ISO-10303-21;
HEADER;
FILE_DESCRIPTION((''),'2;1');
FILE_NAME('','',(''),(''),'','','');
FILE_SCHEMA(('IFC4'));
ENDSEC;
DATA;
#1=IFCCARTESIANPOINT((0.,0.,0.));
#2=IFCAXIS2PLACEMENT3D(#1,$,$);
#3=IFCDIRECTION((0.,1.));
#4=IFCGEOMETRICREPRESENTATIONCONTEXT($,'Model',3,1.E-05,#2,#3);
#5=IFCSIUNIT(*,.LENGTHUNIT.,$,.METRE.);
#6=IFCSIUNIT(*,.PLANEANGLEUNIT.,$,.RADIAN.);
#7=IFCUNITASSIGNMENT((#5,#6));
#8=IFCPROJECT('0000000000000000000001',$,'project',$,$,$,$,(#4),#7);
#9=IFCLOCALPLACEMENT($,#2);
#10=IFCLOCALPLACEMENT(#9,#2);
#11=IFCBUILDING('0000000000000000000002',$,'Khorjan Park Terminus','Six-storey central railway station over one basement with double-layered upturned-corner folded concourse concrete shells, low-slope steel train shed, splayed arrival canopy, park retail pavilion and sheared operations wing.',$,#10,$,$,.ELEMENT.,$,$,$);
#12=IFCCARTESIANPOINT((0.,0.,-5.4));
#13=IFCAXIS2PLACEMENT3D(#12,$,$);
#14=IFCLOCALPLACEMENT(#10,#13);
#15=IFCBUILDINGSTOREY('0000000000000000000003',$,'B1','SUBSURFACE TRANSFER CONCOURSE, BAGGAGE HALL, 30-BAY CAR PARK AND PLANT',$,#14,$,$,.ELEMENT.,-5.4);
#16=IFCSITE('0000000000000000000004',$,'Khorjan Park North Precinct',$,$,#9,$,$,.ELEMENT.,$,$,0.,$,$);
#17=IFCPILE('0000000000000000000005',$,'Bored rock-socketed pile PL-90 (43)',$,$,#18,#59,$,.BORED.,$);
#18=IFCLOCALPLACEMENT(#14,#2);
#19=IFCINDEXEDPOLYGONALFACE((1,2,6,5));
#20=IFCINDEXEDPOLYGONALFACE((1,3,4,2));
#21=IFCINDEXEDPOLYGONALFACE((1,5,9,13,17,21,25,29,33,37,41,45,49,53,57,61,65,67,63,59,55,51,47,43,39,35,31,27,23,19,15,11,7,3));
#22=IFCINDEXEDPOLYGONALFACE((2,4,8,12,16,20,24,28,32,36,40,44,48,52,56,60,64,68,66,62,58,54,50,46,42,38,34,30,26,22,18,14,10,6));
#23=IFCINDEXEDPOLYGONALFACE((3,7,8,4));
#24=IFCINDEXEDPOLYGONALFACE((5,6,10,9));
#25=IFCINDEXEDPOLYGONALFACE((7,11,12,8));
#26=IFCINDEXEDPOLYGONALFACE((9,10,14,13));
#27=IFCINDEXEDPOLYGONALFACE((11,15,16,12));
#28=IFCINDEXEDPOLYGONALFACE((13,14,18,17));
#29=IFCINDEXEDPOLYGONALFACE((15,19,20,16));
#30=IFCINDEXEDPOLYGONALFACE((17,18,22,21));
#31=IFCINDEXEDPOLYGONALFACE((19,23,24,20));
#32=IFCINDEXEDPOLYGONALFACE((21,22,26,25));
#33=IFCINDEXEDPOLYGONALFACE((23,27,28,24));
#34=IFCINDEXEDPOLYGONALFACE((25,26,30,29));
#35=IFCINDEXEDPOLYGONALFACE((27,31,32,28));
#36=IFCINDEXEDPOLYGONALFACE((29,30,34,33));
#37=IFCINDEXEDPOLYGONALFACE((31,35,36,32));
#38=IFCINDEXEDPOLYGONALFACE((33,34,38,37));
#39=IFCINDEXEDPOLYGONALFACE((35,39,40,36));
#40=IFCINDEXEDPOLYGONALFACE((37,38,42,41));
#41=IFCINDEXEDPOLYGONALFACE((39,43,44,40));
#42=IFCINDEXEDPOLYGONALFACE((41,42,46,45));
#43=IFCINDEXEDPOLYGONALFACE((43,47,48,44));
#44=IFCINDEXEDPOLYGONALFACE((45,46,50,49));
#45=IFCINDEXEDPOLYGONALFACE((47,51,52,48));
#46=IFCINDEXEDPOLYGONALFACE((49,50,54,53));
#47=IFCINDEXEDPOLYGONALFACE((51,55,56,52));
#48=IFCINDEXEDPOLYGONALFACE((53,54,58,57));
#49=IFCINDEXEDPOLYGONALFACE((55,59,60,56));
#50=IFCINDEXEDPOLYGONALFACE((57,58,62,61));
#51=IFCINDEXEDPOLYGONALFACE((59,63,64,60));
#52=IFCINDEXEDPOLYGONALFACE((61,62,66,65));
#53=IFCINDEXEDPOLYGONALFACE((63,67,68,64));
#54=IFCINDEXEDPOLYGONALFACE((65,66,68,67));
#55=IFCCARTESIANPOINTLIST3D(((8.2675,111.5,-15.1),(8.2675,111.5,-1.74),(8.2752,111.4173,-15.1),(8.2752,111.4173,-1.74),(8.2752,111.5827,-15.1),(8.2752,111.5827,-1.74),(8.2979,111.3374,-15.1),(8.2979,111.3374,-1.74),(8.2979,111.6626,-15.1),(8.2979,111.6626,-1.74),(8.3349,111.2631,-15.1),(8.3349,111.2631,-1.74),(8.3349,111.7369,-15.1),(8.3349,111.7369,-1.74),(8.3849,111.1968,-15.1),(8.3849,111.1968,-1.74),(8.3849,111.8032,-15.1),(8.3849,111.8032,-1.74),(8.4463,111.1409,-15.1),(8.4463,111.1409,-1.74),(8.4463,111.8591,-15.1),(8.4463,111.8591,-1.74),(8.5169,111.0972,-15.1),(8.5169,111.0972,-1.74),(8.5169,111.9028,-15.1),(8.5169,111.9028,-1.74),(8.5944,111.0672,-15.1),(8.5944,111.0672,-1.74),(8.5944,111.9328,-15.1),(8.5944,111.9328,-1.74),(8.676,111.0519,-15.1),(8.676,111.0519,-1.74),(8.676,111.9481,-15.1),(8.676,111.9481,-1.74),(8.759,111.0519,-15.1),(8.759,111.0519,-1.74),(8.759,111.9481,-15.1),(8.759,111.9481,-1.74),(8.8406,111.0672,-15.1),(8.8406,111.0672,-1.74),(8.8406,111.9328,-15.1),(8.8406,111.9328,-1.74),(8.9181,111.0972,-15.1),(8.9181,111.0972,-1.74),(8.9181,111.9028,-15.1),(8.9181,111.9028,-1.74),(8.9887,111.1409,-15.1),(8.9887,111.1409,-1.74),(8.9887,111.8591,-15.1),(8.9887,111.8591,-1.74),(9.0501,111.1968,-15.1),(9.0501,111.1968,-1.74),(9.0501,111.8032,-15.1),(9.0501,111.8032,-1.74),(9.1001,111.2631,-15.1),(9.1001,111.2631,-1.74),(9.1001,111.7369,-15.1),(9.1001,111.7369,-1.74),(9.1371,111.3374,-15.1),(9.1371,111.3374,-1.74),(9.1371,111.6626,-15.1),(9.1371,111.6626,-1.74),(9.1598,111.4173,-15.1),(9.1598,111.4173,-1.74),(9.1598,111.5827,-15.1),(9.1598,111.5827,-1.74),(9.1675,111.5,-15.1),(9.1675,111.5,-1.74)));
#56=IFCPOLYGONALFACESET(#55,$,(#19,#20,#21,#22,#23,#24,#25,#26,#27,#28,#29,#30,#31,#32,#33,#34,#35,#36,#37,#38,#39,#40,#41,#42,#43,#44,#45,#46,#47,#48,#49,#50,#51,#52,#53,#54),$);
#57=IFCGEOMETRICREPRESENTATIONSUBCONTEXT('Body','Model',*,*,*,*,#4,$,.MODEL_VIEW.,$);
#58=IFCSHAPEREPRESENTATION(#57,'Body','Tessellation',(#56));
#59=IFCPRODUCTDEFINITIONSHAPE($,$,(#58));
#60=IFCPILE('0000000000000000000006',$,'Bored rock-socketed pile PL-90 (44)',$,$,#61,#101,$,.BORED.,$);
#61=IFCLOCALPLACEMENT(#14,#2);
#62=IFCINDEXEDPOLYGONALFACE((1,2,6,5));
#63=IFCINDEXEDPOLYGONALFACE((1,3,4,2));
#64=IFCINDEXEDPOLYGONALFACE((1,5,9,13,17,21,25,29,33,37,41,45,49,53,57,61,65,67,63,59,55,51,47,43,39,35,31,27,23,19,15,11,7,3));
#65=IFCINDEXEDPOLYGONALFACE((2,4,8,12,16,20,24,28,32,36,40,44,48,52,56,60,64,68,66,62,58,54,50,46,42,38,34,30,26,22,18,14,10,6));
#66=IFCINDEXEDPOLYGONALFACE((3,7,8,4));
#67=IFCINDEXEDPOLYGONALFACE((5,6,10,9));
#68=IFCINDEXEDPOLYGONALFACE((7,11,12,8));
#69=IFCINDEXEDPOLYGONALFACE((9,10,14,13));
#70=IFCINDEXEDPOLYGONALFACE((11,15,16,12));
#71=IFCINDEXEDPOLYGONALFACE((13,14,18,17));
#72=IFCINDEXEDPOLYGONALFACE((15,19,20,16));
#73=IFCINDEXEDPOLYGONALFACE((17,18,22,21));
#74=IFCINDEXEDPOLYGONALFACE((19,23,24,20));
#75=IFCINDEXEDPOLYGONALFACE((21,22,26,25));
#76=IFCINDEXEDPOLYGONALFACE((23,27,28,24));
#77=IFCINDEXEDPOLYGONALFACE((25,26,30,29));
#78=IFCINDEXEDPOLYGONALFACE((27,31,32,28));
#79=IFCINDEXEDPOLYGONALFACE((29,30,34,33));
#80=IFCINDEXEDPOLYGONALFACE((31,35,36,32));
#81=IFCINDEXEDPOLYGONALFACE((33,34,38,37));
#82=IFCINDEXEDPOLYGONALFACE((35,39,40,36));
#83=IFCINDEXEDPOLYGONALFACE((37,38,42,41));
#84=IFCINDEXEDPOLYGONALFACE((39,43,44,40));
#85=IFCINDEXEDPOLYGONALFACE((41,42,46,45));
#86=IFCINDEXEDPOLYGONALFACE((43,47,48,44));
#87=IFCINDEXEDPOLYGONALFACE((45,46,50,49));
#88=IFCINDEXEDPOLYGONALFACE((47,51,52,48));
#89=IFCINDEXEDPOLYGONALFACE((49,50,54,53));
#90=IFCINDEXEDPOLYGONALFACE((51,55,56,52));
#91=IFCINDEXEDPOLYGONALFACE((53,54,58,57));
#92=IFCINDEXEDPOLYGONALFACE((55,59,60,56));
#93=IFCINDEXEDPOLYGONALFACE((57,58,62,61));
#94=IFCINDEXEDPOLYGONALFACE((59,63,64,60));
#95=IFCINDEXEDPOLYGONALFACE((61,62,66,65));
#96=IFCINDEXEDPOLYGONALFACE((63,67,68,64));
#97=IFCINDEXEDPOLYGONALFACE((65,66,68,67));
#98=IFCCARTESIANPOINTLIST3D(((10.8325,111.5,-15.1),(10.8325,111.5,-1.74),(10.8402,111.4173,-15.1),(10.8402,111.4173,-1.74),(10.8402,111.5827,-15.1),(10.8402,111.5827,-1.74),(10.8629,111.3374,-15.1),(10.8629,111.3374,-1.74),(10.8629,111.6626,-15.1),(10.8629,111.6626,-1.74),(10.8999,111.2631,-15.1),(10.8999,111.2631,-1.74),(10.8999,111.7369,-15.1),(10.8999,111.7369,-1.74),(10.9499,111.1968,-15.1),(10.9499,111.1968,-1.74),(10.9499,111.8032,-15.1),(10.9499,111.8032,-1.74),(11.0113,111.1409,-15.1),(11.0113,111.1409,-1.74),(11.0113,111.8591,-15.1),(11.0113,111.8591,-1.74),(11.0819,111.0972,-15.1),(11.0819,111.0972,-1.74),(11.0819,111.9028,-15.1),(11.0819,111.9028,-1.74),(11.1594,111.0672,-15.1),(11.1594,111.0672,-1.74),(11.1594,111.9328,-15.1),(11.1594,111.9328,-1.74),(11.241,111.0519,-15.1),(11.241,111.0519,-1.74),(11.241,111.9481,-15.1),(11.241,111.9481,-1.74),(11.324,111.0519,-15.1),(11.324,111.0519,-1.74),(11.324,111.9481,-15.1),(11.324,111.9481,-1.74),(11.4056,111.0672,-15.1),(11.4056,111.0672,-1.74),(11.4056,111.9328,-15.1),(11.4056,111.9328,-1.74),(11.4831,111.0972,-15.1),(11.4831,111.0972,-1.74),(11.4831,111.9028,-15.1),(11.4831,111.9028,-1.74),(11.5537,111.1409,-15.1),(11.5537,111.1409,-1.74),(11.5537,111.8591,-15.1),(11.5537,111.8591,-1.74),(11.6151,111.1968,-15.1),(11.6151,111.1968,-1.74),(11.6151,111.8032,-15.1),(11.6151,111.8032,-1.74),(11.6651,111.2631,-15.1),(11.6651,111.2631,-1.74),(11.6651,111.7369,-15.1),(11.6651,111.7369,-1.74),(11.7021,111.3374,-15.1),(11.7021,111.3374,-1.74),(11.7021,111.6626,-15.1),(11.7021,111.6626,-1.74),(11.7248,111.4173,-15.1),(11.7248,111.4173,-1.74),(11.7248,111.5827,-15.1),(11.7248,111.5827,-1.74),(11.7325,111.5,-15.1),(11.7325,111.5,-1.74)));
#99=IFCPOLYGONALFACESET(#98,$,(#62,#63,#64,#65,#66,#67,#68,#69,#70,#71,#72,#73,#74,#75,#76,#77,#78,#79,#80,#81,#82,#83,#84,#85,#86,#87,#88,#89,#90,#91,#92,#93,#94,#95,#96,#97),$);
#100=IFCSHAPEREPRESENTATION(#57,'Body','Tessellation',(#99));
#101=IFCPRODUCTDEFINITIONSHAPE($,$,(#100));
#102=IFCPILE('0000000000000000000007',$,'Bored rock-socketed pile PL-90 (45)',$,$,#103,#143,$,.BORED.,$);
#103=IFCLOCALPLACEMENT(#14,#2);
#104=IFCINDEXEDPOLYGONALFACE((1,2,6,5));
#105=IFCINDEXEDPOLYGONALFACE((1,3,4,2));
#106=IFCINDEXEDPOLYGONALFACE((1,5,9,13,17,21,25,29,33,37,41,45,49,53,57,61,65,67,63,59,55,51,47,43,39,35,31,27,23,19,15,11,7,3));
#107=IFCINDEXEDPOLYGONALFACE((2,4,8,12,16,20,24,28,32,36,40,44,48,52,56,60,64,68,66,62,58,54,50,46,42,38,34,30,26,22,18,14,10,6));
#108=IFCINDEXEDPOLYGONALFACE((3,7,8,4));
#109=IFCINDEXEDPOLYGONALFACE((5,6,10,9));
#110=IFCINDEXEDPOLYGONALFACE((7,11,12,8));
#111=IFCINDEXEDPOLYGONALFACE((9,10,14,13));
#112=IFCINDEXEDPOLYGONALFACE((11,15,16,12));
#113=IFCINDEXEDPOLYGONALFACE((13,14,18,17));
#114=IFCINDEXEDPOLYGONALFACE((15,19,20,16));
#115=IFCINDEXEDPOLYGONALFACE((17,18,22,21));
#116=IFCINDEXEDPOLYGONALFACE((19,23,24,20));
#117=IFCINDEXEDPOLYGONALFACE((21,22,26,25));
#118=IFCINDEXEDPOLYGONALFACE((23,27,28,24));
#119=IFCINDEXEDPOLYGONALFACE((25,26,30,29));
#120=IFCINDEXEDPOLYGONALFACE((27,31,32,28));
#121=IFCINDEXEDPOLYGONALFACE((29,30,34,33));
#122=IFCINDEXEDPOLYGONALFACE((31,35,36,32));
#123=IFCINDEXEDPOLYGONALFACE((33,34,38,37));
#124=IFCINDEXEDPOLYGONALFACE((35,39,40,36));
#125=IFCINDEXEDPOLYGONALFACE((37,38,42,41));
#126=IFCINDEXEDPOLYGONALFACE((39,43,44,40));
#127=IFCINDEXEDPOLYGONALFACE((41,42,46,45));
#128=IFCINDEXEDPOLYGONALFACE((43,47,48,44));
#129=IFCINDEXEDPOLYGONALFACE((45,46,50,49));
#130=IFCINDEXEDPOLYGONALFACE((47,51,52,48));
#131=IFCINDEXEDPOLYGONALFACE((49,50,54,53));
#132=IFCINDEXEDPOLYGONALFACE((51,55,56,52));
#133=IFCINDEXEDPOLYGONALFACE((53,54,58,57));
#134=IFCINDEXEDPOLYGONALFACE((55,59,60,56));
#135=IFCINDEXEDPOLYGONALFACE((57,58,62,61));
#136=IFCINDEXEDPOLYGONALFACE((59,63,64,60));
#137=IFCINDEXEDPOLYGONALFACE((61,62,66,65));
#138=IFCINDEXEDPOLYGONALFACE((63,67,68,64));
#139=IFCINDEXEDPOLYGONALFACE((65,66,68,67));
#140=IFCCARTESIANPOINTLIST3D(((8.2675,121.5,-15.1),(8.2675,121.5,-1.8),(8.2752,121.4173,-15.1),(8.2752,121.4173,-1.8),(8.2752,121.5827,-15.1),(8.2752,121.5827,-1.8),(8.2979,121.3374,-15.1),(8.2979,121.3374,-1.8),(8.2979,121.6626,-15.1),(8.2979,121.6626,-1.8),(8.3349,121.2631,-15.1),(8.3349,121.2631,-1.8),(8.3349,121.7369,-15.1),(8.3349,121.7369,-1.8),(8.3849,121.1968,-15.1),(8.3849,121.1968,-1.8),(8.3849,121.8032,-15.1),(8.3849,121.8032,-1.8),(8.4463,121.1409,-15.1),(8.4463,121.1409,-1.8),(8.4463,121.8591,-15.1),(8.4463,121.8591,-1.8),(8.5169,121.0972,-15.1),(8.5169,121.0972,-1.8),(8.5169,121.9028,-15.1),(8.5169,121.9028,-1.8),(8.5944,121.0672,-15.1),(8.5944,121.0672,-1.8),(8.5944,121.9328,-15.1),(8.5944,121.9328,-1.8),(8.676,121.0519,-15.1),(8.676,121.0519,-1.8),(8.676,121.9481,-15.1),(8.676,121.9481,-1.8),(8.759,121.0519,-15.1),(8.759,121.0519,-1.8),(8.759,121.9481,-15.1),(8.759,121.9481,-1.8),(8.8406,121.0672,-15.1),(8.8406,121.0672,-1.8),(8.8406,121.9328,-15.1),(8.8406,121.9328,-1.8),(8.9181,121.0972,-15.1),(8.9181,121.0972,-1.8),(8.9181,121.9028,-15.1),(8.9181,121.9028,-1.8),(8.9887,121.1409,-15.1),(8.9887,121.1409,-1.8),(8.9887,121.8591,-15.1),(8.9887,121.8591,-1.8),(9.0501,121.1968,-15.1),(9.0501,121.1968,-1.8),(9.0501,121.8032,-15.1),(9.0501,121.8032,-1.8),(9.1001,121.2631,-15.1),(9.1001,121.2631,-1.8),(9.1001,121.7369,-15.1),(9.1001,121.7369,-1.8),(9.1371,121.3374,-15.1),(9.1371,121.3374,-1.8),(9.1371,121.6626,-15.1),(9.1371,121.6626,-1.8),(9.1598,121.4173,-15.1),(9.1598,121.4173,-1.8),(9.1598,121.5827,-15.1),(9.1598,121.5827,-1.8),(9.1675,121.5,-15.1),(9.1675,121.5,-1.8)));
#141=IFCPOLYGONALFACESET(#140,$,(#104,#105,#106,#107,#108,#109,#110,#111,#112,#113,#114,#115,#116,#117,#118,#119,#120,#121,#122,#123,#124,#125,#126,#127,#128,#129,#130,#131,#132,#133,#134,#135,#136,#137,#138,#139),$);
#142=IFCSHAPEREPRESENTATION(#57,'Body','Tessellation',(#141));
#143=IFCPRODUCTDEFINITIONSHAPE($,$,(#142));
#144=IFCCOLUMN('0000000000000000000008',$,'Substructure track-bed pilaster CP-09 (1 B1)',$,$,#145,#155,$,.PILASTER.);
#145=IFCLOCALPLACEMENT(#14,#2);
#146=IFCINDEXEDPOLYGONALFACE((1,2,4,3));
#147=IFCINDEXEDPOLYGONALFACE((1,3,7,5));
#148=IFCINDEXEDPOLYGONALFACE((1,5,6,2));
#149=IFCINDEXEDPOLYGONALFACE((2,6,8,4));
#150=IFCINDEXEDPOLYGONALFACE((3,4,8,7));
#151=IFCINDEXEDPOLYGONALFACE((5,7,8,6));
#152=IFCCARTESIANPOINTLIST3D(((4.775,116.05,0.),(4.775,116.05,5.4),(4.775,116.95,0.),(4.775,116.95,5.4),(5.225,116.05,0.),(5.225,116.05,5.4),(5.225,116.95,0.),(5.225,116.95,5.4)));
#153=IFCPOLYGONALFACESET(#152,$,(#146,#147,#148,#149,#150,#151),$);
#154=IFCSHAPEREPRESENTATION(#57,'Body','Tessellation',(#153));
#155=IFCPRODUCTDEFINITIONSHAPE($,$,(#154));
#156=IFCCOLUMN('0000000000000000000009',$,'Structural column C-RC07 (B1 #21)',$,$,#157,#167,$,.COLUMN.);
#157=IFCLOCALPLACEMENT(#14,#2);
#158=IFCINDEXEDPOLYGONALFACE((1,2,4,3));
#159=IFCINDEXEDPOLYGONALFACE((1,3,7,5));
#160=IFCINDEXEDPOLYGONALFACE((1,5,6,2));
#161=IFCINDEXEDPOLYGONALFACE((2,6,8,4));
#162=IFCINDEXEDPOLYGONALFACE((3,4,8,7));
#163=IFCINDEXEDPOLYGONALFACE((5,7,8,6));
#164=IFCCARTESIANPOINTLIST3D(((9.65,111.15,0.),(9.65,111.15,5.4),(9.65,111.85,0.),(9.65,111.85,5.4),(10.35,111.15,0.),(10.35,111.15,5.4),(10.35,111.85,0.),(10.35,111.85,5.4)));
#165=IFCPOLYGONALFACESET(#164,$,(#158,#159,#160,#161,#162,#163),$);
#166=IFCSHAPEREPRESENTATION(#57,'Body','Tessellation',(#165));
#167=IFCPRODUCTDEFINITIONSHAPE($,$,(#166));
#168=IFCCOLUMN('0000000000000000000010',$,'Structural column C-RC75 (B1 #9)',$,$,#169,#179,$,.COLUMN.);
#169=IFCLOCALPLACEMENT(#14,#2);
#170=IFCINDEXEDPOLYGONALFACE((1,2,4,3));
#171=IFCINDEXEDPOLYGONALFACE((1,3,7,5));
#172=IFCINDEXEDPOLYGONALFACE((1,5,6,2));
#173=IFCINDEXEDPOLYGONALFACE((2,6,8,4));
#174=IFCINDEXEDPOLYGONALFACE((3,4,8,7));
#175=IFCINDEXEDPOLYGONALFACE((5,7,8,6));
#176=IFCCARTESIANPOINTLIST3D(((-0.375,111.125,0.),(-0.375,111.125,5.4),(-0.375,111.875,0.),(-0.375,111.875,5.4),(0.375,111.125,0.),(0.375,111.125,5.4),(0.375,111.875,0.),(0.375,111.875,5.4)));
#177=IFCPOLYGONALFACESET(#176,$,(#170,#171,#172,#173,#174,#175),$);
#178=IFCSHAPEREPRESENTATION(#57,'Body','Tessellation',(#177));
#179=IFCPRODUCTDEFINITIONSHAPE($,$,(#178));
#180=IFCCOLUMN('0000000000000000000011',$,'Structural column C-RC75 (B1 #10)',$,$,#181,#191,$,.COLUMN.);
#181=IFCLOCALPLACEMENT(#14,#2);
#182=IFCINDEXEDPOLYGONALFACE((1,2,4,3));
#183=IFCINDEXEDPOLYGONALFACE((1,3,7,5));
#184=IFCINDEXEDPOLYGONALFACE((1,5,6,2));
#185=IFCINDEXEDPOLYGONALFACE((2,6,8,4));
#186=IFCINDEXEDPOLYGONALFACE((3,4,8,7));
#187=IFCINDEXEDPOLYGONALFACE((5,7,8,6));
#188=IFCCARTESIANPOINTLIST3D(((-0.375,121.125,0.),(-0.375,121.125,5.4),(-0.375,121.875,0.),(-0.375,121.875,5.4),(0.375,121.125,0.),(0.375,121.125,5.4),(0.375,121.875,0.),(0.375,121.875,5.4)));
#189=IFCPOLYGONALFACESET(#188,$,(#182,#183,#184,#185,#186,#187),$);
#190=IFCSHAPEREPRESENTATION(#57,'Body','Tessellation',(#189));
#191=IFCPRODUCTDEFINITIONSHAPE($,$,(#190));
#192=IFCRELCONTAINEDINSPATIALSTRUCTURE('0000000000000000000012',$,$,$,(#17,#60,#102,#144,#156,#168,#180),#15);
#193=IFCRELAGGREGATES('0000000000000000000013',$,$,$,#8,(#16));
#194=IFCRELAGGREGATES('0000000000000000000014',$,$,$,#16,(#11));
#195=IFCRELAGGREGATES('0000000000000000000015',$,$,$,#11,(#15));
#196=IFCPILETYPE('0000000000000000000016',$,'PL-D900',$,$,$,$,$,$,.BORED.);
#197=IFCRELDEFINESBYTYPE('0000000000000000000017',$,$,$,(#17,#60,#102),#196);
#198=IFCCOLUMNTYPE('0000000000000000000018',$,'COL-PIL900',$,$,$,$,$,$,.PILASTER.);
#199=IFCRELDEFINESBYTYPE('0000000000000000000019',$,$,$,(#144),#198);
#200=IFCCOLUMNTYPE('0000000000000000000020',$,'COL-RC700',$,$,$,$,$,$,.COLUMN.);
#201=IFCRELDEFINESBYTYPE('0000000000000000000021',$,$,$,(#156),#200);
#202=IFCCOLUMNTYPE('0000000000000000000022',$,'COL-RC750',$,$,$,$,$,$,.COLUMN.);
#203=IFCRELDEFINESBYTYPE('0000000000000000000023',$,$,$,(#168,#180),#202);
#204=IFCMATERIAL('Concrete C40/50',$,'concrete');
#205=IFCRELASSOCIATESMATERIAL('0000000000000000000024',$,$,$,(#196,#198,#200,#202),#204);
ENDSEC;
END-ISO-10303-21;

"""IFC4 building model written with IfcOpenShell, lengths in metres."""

from ifc_helpers import new_model, si_unit, direction, frame, origin, origin_2d, place, context, subcontext, project, spatial, rectangle, circle, extrude, material, material_profile, profile_set, type_object, element, save


model = new_model("IFC4")

# Units and contexts
model_context = context("Model", 3, precision=1e-05, world=origin(), true_north=direction((0.0, 1.0)))
body_context = subcontext(model_context, "Body", "Model", "MODEL_VIEW")
ifc_project = project(units=[si_unit("LENGTHUNIT", "METRE"), si_unit("PLANEANGLEUNIT", "RADIAN")], contexts=[model_context])

# Site, building, storey
site_placement = place(None, origin())
site = spatial("IfcSite", under=ifc_project, at=site_placement, Name="Khorjan Park North Precinct", CompositionType="ELEMENT", RefElevation=0.0)
building_placement = place(site_placement, origin())
building = spatial("IfcBuilding", under=site, at=building_placement, Name="Khorjan Park Terminus", Description="Six-storey central railway station over one basement with double-layered upturned-corner folded concourse concrete shells, low-slope steel train shed, splayed arrival canopy, park retail pavilion and sheared operations wing.", CompositionType="ELEMENT")
storey_placement = place(building_placement, frame((0.0, 0.0, -5.4)))
storey = spatial("IfcBuildingStorey", under=building, at=storey_placement, Name="B1", Description="SUBSURFACE TRANSFER CONCOURSE, BAGGAGE HALL, 30-BAY CAR PARK AND PLANT", CompositionType="ELEMENT", Elevation=-5.4)

# Shared definitions
ifc_material_1 = material(Name="Concrete C40/50", Category="concrete")

# Piles
ifc_material_profile_1 = material_profile(ifc_material_1, circle(Radius=0.45, at=origin_2d()), Name="BORED D900")
ifc_profile_set_1 = profile_set([ifc_material_profile_1], Name="Concrete C40/50")
pile_type_1 = type_object("IfcPileType", Name="PL-D900", PredefinedType="BORED", material=ifc_profile_set_1)
for number, where, z_axis, x_axis, name in (
    (1, (8.7175, 111.5, -1.74), (0.0, 0.0, -1.0), (1.0, 0.0, 0.0), "Bored rock-socketed pile PL-90 (43)"),
    (2, (11.2825, 111.5, -1.74), (0.0, 0.0, -1.0), (1.0, 0.0, 0.0), "Bored rock-socketed pile PL-90 (44)"),
):
    element("IfcPile", number, at=place(storey_placement, frame(where, z_axis=z_axis, x_axis=x_axis)), inside=storey, type_object=pile_type_1, Name=name, PredefinedType="BORED", context=body_context, shape_type="SweptSolid", body=[
        extrude(circle(Radius=0.45, at=origin_2d()), origin(), (0.0, 0.0, 1.0), 13.36),
    ])
pile_1_placement = place(storey_placement, frame((8.7175, 121.5, -1.8), z_axis=(0.0, 0.0, -1.0), x_axis=(1.0, 0.0, 0.0)))
element("IfcPile", 3, at=pile_1_placement, inside=storey, type_object=pile_type_1, Name="Bored rock-socketed pile PL-90 (45)", PredefinedType="BORED", context=body_context, shape_type="SweptSolid", body=[
    extrude(circle(Radius=0.45, at=origin_2d()), origin(), (0.0, 0.0, 1.0), 13.3),
])

# Columns
ifc_material_profile_2 = material_profile(ifc_material_1, rectangle(XDim=0.45, YDim=0.9, at=origin_2d()), Name="RC 450x900")
ifc_profile_set_2 = profile_set([ifc_material_profile_2], Name="Concrete C40/50")
column_type_1 = type_object("IfcColumnType", Name="COL-PIL900", PredefinedType="PILASTER", material=ifc_profile_set_2)
column_1_placement = place(storey_placement, frame((5.0, 116.5, 0.0), z_axis=(0.0, 0.0, 1.0), x_axis=(1.0, 0.0, 0.0)))
element("IfcColumn", 4, at=column_1_placement, inside=storey, type_object=column_type_1, Name="Substructure track-bed pilaster CP-09 (1 B1)", PredefinedType="PILASTER", context=body_context, shape_type="SweptSolid", body=[
    extrude(rectangle(XDim=0.45, YDim=0.9, at=origin_2d()), origin(), (0.0, 0.0, 1.0), 5.4),
])
ifc_material_profile_3 = material_profile(ifc_material_1, rectangle(XDim=0.7, YDim=0.7, at=origin_2d()), Name="RC 700x700")
ifc_profile_set_3 = profile_set([ifc_material_profile_3], Name="Concrete C40/50")
column_type_2 = type_object("IfcColumnType", Name="COL-RC700", PredefinedType="COLUMN", material=ifc_profile_set_3)
column_2_placement = place(storey_placement, frame((10.0, 111.5, 0.0), z_axis=(0.0, 0.0, 1.0), x_axis=(1.0, 0.0, 0.0)))
element("IfcColumn", 5, at=column_2_placement, inside=storey, type_object=column_type_2, Name="Structural column C-RC07 (B1 #21)", PredefinedType="COLUMN", context=body_context, shape_type="SweptSolid", body=[
    extrude(rectangle(XDim=0.7, YDim=0.7, at=origin_2d()), origin(), (0.0, 0.0, 1.0), 5.4),
])
ifc_material_profile_4 = material_profile(ifc_material_1, rectangle(XDim=0.75, YDim=0.75, at=origin_2d()), Name="RC 750x750")
ifc_profile_set_4 = profile_set([ifc_material_profile_4], Name="Concrete C40/50")
column_type_3 = type_object("IfcColumnType", Name="COL-RC750", PredefinedType="COLUMN", material=ifc_profile_set_4)
for number, where, z_axis, x_axis, name in (
    (6, (0.0, 111.5, 0.0), (0.0, 0.0, 1.0), (1.0, 0.0, 0.0), "Structural column C-RC75 (B1 #9)"),
    (7, (0.0, 121.5, 0.0), (0.0, 0.0, 1.0), (1.0, 0.0, 0.0), "Structural column C-RC75 (B1 #10)"),
):
    element("IfcColumn", number, at=place(storey_placement, frame(where, z_axis=z_axis, x_axis=x_axis)), inside=storey, type_object=column_type_3, Name=name, PredefinedType="COLUMN", context=body_context, shape_type="SweptSolid", body=[
        extrude(rectangle(XDim=0.75, YDim=0.75, at=origin_2d()), origin(), (0.0, 0.0, 1.0), 5.4),
    ])

save(model, "model.ifc")
